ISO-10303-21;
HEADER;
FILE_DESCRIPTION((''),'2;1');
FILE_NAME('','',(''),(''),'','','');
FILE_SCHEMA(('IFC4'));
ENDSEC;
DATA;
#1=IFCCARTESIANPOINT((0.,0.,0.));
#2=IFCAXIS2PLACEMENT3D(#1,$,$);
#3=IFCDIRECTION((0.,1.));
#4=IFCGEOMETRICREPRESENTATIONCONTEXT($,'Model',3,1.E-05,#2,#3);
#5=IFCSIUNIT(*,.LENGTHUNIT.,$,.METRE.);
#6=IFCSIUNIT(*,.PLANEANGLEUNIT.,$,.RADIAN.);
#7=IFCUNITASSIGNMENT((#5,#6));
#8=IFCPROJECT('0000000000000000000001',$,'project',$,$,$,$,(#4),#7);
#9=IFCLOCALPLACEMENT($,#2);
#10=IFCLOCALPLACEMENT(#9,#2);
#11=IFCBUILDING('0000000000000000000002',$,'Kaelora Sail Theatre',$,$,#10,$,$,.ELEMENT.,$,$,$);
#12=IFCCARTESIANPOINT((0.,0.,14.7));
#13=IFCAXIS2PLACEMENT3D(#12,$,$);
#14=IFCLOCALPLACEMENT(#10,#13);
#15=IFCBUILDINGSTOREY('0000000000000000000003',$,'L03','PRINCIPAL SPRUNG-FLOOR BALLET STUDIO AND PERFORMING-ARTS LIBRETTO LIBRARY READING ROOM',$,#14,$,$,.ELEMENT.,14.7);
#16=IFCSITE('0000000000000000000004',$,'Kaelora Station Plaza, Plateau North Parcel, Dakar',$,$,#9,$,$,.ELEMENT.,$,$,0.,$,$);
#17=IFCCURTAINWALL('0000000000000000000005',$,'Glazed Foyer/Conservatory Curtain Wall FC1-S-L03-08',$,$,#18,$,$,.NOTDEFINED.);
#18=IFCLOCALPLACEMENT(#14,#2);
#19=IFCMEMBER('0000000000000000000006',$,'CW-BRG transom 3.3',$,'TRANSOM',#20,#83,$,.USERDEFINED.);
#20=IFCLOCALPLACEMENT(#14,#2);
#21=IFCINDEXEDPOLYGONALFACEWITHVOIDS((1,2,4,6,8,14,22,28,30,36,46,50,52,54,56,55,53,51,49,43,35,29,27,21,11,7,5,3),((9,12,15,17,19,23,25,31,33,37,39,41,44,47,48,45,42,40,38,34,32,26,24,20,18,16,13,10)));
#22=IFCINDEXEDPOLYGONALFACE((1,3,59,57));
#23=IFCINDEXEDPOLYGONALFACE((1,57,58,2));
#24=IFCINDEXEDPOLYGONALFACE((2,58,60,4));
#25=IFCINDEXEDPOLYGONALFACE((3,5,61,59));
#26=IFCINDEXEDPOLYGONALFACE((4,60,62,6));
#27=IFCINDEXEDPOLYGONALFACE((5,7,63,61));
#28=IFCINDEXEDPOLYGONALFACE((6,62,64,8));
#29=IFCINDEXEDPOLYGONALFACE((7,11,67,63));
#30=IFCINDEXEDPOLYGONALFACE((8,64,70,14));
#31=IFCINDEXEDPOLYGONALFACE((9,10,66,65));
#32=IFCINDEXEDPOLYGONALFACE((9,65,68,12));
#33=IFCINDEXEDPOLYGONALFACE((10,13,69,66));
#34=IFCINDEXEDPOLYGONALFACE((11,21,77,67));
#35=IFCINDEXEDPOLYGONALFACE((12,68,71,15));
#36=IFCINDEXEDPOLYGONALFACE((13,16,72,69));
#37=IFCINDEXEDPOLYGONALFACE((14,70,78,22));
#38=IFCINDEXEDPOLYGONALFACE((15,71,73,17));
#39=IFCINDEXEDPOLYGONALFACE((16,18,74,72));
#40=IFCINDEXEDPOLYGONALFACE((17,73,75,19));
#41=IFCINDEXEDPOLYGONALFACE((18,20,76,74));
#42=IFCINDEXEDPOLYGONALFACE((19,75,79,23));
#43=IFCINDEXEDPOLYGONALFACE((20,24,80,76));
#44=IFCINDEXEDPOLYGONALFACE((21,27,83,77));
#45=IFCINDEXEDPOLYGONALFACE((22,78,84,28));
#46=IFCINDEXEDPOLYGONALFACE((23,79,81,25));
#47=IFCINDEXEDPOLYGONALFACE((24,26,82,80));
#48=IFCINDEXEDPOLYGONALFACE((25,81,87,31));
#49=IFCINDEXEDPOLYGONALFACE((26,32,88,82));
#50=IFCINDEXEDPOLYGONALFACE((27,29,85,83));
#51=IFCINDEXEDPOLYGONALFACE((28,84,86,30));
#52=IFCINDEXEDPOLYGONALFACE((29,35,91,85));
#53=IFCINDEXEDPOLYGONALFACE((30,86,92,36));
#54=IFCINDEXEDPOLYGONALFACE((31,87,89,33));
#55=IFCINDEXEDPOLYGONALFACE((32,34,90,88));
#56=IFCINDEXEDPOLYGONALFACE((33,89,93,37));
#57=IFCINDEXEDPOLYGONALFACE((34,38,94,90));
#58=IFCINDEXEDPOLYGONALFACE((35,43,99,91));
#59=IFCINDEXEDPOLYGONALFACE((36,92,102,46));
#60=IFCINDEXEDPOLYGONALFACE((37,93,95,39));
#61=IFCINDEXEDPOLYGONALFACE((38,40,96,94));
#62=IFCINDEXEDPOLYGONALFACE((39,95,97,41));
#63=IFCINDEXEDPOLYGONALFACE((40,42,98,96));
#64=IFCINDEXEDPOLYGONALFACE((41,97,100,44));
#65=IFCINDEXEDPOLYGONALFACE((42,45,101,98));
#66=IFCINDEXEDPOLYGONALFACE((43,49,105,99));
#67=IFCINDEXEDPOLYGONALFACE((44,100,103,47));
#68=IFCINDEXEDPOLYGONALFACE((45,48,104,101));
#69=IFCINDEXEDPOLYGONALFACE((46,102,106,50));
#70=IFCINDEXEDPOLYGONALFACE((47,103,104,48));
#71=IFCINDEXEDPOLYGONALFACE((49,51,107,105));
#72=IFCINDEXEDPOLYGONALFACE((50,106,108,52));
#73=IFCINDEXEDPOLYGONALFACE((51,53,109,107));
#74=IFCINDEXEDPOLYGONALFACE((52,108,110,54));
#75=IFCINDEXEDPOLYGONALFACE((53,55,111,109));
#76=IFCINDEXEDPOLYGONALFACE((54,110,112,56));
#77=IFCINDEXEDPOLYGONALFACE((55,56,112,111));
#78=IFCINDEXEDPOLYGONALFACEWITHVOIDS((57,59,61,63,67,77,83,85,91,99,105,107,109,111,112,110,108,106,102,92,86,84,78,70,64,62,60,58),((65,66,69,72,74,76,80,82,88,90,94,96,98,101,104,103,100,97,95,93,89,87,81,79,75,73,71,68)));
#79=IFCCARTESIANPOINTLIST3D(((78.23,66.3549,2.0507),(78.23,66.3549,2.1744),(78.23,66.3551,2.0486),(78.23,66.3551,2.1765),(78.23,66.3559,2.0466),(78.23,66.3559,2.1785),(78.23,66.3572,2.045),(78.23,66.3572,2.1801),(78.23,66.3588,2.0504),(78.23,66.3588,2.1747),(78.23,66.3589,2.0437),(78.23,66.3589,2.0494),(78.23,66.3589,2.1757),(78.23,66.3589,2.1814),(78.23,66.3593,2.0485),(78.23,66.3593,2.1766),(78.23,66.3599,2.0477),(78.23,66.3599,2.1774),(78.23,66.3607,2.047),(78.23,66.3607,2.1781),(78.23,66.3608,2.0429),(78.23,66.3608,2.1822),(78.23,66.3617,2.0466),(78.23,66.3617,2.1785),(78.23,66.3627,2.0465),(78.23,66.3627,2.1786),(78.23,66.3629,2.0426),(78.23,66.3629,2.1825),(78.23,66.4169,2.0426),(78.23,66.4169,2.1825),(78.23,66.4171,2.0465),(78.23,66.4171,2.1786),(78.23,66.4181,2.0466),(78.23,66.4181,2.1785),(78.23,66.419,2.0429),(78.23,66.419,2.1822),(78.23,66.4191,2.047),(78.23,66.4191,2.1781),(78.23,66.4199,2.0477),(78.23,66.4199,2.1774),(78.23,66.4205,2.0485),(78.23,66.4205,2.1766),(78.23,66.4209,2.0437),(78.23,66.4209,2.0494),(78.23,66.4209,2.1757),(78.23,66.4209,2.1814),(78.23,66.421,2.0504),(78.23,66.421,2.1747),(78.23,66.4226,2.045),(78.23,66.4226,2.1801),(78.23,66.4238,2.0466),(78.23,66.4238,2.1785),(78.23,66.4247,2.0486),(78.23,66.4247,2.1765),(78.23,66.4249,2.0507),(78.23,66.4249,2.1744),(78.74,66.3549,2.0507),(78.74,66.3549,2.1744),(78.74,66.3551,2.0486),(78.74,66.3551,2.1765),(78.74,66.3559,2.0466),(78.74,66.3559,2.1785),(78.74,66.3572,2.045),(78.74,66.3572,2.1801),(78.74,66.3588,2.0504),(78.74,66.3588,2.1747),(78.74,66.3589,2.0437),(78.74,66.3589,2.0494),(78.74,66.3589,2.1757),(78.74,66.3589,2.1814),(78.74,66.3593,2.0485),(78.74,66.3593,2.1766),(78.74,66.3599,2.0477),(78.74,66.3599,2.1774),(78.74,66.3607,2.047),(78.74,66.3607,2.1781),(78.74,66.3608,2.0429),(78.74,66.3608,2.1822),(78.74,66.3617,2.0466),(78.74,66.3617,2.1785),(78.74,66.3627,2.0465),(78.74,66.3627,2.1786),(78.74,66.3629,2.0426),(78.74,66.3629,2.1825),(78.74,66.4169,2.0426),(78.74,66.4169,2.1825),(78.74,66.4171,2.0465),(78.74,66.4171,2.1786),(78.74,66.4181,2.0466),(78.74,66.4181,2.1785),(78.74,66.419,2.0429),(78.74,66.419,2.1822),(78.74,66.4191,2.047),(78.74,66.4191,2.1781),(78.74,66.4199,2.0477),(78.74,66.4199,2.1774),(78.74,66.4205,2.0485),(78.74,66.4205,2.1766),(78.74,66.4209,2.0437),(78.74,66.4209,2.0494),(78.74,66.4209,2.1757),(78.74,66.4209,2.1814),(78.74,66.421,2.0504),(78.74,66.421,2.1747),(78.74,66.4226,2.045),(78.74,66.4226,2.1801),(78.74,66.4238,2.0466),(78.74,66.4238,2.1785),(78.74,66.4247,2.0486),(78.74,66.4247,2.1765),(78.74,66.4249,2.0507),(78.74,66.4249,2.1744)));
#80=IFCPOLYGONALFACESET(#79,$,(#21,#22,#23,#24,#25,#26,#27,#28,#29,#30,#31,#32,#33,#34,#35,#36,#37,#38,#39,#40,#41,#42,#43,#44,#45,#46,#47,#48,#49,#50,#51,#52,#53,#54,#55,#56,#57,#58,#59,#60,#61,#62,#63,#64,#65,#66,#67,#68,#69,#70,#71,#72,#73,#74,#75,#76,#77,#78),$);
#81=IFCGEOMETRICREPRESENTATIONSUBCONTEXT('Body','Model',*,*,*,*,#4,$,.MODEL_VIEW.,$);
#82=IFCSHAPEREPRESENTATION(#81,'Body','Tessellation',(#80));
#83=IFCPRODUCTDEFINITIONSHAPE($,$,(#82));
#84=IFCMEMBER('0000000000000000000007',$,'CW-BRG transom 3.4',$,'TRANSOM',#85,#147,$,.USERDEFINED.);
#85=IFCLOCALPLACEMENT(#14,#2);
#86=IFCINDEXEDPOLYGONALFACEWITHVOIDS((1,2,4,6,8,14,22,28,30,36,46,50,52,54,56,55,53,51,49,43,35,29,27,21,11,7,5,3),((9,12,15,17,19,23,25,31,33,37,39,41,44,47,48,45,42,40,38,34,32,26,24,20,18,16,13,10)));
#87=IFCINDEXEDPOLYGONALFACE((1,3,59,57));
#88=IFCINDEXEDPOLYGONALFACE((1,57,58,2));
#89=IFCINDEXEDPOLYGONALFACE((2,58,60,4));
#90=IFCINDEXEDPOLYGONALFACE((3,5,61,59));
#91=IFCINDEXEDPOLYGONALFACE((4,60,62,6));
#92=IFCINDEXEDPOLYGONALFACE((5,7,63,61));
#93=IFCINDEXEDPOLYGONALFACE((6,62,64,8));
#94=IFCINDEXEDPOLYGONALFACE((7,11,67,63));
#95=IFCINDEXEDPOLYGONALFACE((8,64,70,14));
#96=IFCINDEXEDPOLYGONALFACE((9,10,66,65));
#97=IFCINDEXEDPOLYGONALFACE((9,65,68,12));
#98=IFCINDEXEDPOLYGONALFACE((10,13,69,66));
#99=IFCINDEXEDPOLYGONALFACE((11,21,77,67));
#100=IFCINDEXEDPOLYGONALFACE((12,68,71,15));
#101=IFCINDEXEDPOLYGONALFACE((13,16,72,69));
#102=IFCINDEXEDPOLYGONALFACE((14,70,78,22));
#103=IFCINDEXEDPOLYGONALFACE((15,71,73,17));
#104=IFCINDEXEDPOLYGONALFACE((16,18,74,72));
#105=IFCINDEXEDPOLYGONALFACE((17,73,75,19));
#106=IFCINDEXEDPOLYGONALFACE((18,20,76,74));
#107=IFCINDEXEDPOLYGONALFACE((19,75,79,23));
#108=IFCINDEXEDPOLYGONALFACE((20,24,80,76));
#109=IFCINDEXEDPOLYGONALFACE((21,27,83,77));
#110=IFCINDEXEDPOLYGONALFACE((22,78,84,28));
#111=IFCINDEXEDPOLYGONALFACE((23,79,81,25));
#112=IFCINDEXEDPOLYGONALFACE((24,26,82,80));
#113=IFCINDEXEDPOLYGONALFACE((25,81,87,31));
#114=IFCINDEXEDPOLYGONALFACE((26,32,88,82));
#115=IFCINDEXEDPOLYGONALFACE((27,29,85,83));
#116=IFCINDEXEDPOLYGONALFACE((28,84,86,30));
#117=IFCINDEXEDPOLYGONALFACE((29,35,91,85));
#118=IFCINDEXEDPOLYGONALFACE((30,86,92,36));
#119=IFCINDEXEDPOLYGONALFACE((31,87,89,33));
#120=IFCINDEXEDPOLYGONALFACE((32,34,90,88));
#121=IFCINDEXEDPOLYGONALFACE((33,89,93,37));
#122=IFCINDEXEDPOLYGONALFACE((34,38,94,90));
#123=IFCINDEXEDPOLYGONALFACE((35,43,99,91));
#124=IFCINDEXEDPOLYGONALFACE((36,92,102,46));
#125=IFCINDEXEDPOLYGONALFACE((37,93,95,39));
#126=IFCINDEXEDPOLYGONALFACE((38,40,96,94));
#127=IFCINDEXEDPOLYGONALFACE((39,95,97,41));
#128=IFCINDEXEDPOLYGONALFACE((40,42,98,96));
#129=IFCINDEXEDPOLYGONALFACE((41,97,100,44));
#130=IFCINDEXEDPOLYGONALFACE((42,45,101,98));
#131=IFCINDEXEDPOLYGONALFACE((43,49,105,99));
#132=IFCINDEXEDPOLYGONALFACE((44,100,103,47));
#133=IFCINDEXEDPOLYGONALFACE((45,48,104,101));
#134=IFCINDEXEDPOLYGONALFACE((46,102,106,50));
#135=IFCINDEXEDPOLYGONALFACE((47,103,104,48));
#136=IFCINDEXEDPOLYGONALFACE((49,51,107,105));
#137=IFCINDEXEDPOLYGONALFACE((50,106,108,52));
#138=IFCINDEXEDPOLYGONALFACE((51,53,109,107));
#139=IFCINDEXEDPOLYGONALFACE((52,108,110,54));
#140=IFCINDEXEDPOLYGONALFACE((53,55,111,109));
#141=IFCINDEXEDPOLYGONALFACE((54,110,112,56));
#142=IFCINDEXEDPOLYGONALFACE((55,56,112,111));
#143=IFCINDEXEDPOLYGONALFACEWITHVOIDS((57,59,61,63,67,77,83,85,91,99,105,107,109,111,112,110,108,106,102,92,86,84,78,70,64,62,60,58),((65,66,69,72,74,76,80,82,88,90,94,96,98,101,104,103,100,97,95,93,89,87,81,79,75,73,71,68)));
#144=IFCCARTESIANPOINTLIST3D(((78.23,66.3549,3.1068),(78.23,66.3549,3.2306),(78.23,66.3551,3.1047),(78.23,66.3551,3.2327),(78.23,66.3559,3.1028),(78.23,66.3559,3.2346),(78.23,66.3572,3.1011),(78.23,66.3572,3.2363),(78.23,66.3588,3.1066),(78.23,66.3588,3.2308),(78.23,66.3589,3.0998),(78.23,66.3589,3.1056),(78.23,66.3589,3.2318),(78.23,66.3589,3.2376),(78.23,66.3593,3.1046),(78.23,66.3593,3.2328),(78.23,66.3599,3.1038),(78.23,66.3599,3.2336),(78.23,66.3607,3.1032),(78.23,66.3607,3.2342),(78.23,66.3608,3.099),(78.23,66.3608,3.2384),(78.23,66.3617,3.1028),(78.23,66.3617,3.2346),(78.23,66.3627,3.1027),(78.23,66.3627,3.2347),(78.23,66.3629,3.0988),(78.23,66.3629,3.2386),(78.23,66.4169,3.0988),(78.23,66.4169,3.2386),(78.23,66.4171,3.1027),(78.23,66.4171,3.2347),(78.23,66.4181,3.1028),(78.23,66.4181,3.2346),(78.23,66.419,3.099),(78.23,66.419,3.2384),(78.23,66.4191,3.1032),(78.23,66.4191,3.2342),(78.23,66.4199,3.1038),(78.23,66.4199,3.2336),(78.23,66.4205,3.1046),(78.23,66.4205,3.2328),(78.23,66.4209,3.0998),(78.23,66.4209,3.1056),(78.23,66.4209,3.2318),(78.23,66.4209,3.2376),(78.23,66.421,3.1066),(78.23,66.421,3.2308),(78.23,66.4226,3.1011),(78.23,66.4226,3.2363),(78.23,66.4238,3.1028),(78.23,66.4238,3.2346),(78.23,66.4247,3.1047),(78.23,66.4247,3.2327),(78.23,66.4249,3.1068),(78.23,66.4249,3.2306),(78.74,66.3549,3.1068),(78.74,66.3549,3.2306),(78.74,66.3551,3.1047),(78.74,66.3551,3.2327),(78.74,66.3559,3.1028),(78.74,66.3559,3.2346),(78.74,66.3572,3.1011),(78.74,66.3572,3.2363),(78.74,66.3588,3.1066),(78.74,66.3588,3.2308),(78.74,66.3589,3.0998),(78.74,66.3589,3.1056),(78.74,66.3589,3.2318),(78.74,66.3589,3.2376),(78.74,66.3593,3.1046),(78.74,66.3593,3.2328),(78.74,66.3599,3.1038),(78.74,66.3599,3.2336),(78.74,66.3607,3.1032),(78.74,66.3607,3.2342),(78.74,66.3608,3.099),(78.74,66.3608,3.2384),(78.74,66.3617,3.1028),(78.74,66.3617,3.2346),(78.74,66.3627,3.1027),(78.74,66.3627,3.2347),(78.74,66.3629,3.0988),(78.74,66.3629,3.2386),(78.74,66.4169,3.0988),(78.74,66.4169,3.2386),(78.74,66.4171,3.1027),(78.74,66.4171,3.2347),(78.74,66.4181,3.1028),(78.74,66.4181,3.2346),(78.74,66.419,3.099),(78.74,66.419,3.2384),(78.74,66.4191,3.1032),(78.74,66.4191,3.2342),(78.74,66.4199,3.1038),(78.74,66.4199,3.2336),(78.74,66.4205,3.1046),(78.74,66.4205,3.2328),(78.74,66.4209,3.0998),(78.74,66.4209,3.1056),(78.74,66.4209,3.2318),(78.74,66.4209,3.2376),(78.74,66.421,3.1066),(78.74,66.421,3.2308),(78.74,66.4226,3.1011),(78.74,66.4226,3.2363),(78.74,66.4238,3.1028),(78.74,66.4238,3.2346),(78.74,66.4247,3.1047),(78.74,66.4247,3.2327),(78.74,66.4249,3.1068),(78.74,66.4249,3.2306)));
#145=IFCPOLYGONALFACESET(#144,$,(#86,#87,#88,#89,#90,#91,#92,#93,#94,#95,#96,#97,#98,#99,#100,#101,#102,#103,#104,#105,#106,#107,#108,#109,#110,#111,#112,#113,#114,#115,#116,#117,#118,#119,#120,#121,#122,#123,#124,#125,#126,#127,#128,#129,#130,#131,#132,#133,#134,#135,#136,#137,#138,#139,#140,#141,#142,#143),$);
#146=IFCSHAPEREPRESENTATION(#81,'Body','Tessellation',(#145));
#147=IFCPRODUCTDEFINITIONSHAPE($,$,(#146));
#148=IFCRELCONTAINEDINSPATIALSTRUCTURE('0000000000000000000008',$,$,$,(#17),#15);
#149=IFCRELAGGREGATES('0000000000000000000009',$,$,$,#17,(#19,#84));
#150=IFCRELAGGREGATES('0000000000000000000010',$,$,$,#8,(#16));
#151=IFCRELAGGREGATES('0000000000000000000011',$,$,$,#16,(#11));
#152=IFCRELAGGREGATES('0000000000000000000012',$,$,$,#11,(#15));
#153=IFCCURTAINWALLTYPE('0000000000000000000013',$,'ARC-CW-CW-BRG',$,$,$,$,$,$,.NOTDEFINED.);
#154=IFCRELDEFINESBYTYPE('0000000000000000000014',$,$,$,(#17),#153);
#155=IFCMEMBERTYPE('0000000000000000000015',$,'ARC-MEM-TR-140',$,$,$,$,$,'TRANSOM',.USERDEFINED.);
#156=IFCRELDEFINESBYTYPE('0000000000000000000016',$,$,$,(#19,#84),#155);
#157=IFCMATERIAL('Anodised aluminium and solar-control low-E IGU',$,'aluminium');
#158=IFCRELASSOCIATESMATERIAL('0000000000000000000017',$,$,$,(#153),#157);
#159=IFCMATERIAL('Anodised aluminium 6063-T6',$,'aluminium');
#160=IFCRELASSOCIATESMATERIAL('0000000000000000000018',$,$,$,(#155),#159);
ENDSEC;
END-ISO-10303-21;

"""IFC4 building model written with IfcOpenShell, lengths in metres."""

from ifc_helpers import new_model, si_unit, direction, frame, origin, origin_2d, place, context, subcontext, project, spatial, hollow_rectangle, extrude, material, material_profile, profile_set, type_object, element, aggregate, save


model = new_model("IFC4")

# Units and contexts
model_context = context("Model", 3, precision=1e-05, world=origin(), true_north=direction((0.0, 1.0)))
body_context = subcontext(model_context, "Body", "Model", "MODEL_VIEW")
ifc_project = project(units=[si_unit("LENGTHUNIT", "METRE"), si_unit("PLANEANGLEUNIT", "RADIAN")], contexts=[model_context])

# Site, building, storey
site_placement = place(None, origin())
site = spatial("IfcSite", under=ifc_project, at=site_placement, Name="Kaelora Station Plaza, Plateau North Parcel, Dakar", CompositionType="ELEMENT", RefElevation=0.0)
building_placement = place(site_placement, origin())
building = spatial("IfcBuilding", under=site, at=building_placement, Name="Kaelora Sail Theatre", CompositionType="ELEMENT")
storey_placement = place(building_placement, frame((0.0, 0.0, 14.7)))
storey = spatial("IfcBuildingStorey", under=building, at=storey_placement, Name="L03", Description="PRINCIPAL SPRUNG-FLOOR BALLET STUDIO AND PERFORMING-ARTS LIBRETTO LIBRARY READING ROOM", CompositionType="ELEMENT", Elevation=14.7)

# Curtain wall, members
ifc_material_1 = material(Name="Anodised aluminium and solar-control low-E IGU", Category="aluminium")
curtain_wall_type = type_object("IfcCurtainWallType", Name="ARC-CW-CW-BRG", PredefinedType="NOTDEFINED", material=ifc_material_1)
ifc_material_2 = material(Name="Anodised aluminium 6063-T6", Category="aluminium")
ifc_material_profile = material_profile(ifc_material_2, hollow_rectangle(XDim=0.0701, YDim=0.1399, WallThickness=0.0039, InnerFilletRadius=0.0039, OuterFilletRadius=0.0081, at=origin_2d()), Name="ALU-TRAN 70x140x4")
ifc_profile_set = profile_set([ifc_material_profile], Name="Anodised aluminium 6063-T6")
member_type = type_object("IfcMemberType", Name="ARC-MEM-TR-140", ElementType="TRANSOM", PredefinedType="USERDEFINED", material=ifc_profile_set)
curtain_wall_1_placement = place(storey_placement, origin())
curtain_wall_1 = element("IfcCurtainWall", 1, at=curtain_wall_1_placement, inside=storey, type_object=curtain_wall_type, Name="Glazed Foyer/Conservatory Curtain Wall FC1-S-L03-08", PredefinedType="NOTDEFINED")
member_1_placement = place(storey_placement, frame((78.23, 66.3899, 2.1125), z_axis=(1.0, 0.0, 0.0), x_axis=(0.0, 1.0, 0.0)))
member_1 = element("IfcMember", 2, at=member_1_placement, type_object=member_type, Name="CW-BRG transom 3.3", ObjectType="TRANSOM", PredefinedType="USERDEFINED", context=body_context, shape_type="SweptSolid", body=[
    extrude(hollow_rectangle(XDim=0.0701, YDim=0.1399, WallThickness=0.0039, InnerFilletRadius=0.0039, OuterFilletRadius=0.0081, at=origin_2d()), origin(), (0.0, 0.0, 1.0), 0.51),
])
member_2_placement = place(storey_placement, frame((78.23, 66.3899, 3.1687), z_axis=(1.0, 0.0, 0.0), x_axis=(0.0, 1.0, 0.0)))
member_2 = element("IfcMember", 3, at=member_2_placement, type_object=member_type, Name="CW-BRG transom 3.4", ObjectType="TRANSOM", PredefinedType="USERDEFINED", context=body_context, shape_type="SweptSolid", body=[
    extrude(hollow_rectangle(XDim=0.0701, YDim=0.1399, WallThickness=0.0039, InnerFilletRadius=0.0039, OuterFilletRadius=0.0081, at=origin_2d()), origin(), (0.0, 0.0, 1.0), 0.51),
])

aggregate(curtain_wall_1, [member_1, member_2])

save(model, "model.ifc")
